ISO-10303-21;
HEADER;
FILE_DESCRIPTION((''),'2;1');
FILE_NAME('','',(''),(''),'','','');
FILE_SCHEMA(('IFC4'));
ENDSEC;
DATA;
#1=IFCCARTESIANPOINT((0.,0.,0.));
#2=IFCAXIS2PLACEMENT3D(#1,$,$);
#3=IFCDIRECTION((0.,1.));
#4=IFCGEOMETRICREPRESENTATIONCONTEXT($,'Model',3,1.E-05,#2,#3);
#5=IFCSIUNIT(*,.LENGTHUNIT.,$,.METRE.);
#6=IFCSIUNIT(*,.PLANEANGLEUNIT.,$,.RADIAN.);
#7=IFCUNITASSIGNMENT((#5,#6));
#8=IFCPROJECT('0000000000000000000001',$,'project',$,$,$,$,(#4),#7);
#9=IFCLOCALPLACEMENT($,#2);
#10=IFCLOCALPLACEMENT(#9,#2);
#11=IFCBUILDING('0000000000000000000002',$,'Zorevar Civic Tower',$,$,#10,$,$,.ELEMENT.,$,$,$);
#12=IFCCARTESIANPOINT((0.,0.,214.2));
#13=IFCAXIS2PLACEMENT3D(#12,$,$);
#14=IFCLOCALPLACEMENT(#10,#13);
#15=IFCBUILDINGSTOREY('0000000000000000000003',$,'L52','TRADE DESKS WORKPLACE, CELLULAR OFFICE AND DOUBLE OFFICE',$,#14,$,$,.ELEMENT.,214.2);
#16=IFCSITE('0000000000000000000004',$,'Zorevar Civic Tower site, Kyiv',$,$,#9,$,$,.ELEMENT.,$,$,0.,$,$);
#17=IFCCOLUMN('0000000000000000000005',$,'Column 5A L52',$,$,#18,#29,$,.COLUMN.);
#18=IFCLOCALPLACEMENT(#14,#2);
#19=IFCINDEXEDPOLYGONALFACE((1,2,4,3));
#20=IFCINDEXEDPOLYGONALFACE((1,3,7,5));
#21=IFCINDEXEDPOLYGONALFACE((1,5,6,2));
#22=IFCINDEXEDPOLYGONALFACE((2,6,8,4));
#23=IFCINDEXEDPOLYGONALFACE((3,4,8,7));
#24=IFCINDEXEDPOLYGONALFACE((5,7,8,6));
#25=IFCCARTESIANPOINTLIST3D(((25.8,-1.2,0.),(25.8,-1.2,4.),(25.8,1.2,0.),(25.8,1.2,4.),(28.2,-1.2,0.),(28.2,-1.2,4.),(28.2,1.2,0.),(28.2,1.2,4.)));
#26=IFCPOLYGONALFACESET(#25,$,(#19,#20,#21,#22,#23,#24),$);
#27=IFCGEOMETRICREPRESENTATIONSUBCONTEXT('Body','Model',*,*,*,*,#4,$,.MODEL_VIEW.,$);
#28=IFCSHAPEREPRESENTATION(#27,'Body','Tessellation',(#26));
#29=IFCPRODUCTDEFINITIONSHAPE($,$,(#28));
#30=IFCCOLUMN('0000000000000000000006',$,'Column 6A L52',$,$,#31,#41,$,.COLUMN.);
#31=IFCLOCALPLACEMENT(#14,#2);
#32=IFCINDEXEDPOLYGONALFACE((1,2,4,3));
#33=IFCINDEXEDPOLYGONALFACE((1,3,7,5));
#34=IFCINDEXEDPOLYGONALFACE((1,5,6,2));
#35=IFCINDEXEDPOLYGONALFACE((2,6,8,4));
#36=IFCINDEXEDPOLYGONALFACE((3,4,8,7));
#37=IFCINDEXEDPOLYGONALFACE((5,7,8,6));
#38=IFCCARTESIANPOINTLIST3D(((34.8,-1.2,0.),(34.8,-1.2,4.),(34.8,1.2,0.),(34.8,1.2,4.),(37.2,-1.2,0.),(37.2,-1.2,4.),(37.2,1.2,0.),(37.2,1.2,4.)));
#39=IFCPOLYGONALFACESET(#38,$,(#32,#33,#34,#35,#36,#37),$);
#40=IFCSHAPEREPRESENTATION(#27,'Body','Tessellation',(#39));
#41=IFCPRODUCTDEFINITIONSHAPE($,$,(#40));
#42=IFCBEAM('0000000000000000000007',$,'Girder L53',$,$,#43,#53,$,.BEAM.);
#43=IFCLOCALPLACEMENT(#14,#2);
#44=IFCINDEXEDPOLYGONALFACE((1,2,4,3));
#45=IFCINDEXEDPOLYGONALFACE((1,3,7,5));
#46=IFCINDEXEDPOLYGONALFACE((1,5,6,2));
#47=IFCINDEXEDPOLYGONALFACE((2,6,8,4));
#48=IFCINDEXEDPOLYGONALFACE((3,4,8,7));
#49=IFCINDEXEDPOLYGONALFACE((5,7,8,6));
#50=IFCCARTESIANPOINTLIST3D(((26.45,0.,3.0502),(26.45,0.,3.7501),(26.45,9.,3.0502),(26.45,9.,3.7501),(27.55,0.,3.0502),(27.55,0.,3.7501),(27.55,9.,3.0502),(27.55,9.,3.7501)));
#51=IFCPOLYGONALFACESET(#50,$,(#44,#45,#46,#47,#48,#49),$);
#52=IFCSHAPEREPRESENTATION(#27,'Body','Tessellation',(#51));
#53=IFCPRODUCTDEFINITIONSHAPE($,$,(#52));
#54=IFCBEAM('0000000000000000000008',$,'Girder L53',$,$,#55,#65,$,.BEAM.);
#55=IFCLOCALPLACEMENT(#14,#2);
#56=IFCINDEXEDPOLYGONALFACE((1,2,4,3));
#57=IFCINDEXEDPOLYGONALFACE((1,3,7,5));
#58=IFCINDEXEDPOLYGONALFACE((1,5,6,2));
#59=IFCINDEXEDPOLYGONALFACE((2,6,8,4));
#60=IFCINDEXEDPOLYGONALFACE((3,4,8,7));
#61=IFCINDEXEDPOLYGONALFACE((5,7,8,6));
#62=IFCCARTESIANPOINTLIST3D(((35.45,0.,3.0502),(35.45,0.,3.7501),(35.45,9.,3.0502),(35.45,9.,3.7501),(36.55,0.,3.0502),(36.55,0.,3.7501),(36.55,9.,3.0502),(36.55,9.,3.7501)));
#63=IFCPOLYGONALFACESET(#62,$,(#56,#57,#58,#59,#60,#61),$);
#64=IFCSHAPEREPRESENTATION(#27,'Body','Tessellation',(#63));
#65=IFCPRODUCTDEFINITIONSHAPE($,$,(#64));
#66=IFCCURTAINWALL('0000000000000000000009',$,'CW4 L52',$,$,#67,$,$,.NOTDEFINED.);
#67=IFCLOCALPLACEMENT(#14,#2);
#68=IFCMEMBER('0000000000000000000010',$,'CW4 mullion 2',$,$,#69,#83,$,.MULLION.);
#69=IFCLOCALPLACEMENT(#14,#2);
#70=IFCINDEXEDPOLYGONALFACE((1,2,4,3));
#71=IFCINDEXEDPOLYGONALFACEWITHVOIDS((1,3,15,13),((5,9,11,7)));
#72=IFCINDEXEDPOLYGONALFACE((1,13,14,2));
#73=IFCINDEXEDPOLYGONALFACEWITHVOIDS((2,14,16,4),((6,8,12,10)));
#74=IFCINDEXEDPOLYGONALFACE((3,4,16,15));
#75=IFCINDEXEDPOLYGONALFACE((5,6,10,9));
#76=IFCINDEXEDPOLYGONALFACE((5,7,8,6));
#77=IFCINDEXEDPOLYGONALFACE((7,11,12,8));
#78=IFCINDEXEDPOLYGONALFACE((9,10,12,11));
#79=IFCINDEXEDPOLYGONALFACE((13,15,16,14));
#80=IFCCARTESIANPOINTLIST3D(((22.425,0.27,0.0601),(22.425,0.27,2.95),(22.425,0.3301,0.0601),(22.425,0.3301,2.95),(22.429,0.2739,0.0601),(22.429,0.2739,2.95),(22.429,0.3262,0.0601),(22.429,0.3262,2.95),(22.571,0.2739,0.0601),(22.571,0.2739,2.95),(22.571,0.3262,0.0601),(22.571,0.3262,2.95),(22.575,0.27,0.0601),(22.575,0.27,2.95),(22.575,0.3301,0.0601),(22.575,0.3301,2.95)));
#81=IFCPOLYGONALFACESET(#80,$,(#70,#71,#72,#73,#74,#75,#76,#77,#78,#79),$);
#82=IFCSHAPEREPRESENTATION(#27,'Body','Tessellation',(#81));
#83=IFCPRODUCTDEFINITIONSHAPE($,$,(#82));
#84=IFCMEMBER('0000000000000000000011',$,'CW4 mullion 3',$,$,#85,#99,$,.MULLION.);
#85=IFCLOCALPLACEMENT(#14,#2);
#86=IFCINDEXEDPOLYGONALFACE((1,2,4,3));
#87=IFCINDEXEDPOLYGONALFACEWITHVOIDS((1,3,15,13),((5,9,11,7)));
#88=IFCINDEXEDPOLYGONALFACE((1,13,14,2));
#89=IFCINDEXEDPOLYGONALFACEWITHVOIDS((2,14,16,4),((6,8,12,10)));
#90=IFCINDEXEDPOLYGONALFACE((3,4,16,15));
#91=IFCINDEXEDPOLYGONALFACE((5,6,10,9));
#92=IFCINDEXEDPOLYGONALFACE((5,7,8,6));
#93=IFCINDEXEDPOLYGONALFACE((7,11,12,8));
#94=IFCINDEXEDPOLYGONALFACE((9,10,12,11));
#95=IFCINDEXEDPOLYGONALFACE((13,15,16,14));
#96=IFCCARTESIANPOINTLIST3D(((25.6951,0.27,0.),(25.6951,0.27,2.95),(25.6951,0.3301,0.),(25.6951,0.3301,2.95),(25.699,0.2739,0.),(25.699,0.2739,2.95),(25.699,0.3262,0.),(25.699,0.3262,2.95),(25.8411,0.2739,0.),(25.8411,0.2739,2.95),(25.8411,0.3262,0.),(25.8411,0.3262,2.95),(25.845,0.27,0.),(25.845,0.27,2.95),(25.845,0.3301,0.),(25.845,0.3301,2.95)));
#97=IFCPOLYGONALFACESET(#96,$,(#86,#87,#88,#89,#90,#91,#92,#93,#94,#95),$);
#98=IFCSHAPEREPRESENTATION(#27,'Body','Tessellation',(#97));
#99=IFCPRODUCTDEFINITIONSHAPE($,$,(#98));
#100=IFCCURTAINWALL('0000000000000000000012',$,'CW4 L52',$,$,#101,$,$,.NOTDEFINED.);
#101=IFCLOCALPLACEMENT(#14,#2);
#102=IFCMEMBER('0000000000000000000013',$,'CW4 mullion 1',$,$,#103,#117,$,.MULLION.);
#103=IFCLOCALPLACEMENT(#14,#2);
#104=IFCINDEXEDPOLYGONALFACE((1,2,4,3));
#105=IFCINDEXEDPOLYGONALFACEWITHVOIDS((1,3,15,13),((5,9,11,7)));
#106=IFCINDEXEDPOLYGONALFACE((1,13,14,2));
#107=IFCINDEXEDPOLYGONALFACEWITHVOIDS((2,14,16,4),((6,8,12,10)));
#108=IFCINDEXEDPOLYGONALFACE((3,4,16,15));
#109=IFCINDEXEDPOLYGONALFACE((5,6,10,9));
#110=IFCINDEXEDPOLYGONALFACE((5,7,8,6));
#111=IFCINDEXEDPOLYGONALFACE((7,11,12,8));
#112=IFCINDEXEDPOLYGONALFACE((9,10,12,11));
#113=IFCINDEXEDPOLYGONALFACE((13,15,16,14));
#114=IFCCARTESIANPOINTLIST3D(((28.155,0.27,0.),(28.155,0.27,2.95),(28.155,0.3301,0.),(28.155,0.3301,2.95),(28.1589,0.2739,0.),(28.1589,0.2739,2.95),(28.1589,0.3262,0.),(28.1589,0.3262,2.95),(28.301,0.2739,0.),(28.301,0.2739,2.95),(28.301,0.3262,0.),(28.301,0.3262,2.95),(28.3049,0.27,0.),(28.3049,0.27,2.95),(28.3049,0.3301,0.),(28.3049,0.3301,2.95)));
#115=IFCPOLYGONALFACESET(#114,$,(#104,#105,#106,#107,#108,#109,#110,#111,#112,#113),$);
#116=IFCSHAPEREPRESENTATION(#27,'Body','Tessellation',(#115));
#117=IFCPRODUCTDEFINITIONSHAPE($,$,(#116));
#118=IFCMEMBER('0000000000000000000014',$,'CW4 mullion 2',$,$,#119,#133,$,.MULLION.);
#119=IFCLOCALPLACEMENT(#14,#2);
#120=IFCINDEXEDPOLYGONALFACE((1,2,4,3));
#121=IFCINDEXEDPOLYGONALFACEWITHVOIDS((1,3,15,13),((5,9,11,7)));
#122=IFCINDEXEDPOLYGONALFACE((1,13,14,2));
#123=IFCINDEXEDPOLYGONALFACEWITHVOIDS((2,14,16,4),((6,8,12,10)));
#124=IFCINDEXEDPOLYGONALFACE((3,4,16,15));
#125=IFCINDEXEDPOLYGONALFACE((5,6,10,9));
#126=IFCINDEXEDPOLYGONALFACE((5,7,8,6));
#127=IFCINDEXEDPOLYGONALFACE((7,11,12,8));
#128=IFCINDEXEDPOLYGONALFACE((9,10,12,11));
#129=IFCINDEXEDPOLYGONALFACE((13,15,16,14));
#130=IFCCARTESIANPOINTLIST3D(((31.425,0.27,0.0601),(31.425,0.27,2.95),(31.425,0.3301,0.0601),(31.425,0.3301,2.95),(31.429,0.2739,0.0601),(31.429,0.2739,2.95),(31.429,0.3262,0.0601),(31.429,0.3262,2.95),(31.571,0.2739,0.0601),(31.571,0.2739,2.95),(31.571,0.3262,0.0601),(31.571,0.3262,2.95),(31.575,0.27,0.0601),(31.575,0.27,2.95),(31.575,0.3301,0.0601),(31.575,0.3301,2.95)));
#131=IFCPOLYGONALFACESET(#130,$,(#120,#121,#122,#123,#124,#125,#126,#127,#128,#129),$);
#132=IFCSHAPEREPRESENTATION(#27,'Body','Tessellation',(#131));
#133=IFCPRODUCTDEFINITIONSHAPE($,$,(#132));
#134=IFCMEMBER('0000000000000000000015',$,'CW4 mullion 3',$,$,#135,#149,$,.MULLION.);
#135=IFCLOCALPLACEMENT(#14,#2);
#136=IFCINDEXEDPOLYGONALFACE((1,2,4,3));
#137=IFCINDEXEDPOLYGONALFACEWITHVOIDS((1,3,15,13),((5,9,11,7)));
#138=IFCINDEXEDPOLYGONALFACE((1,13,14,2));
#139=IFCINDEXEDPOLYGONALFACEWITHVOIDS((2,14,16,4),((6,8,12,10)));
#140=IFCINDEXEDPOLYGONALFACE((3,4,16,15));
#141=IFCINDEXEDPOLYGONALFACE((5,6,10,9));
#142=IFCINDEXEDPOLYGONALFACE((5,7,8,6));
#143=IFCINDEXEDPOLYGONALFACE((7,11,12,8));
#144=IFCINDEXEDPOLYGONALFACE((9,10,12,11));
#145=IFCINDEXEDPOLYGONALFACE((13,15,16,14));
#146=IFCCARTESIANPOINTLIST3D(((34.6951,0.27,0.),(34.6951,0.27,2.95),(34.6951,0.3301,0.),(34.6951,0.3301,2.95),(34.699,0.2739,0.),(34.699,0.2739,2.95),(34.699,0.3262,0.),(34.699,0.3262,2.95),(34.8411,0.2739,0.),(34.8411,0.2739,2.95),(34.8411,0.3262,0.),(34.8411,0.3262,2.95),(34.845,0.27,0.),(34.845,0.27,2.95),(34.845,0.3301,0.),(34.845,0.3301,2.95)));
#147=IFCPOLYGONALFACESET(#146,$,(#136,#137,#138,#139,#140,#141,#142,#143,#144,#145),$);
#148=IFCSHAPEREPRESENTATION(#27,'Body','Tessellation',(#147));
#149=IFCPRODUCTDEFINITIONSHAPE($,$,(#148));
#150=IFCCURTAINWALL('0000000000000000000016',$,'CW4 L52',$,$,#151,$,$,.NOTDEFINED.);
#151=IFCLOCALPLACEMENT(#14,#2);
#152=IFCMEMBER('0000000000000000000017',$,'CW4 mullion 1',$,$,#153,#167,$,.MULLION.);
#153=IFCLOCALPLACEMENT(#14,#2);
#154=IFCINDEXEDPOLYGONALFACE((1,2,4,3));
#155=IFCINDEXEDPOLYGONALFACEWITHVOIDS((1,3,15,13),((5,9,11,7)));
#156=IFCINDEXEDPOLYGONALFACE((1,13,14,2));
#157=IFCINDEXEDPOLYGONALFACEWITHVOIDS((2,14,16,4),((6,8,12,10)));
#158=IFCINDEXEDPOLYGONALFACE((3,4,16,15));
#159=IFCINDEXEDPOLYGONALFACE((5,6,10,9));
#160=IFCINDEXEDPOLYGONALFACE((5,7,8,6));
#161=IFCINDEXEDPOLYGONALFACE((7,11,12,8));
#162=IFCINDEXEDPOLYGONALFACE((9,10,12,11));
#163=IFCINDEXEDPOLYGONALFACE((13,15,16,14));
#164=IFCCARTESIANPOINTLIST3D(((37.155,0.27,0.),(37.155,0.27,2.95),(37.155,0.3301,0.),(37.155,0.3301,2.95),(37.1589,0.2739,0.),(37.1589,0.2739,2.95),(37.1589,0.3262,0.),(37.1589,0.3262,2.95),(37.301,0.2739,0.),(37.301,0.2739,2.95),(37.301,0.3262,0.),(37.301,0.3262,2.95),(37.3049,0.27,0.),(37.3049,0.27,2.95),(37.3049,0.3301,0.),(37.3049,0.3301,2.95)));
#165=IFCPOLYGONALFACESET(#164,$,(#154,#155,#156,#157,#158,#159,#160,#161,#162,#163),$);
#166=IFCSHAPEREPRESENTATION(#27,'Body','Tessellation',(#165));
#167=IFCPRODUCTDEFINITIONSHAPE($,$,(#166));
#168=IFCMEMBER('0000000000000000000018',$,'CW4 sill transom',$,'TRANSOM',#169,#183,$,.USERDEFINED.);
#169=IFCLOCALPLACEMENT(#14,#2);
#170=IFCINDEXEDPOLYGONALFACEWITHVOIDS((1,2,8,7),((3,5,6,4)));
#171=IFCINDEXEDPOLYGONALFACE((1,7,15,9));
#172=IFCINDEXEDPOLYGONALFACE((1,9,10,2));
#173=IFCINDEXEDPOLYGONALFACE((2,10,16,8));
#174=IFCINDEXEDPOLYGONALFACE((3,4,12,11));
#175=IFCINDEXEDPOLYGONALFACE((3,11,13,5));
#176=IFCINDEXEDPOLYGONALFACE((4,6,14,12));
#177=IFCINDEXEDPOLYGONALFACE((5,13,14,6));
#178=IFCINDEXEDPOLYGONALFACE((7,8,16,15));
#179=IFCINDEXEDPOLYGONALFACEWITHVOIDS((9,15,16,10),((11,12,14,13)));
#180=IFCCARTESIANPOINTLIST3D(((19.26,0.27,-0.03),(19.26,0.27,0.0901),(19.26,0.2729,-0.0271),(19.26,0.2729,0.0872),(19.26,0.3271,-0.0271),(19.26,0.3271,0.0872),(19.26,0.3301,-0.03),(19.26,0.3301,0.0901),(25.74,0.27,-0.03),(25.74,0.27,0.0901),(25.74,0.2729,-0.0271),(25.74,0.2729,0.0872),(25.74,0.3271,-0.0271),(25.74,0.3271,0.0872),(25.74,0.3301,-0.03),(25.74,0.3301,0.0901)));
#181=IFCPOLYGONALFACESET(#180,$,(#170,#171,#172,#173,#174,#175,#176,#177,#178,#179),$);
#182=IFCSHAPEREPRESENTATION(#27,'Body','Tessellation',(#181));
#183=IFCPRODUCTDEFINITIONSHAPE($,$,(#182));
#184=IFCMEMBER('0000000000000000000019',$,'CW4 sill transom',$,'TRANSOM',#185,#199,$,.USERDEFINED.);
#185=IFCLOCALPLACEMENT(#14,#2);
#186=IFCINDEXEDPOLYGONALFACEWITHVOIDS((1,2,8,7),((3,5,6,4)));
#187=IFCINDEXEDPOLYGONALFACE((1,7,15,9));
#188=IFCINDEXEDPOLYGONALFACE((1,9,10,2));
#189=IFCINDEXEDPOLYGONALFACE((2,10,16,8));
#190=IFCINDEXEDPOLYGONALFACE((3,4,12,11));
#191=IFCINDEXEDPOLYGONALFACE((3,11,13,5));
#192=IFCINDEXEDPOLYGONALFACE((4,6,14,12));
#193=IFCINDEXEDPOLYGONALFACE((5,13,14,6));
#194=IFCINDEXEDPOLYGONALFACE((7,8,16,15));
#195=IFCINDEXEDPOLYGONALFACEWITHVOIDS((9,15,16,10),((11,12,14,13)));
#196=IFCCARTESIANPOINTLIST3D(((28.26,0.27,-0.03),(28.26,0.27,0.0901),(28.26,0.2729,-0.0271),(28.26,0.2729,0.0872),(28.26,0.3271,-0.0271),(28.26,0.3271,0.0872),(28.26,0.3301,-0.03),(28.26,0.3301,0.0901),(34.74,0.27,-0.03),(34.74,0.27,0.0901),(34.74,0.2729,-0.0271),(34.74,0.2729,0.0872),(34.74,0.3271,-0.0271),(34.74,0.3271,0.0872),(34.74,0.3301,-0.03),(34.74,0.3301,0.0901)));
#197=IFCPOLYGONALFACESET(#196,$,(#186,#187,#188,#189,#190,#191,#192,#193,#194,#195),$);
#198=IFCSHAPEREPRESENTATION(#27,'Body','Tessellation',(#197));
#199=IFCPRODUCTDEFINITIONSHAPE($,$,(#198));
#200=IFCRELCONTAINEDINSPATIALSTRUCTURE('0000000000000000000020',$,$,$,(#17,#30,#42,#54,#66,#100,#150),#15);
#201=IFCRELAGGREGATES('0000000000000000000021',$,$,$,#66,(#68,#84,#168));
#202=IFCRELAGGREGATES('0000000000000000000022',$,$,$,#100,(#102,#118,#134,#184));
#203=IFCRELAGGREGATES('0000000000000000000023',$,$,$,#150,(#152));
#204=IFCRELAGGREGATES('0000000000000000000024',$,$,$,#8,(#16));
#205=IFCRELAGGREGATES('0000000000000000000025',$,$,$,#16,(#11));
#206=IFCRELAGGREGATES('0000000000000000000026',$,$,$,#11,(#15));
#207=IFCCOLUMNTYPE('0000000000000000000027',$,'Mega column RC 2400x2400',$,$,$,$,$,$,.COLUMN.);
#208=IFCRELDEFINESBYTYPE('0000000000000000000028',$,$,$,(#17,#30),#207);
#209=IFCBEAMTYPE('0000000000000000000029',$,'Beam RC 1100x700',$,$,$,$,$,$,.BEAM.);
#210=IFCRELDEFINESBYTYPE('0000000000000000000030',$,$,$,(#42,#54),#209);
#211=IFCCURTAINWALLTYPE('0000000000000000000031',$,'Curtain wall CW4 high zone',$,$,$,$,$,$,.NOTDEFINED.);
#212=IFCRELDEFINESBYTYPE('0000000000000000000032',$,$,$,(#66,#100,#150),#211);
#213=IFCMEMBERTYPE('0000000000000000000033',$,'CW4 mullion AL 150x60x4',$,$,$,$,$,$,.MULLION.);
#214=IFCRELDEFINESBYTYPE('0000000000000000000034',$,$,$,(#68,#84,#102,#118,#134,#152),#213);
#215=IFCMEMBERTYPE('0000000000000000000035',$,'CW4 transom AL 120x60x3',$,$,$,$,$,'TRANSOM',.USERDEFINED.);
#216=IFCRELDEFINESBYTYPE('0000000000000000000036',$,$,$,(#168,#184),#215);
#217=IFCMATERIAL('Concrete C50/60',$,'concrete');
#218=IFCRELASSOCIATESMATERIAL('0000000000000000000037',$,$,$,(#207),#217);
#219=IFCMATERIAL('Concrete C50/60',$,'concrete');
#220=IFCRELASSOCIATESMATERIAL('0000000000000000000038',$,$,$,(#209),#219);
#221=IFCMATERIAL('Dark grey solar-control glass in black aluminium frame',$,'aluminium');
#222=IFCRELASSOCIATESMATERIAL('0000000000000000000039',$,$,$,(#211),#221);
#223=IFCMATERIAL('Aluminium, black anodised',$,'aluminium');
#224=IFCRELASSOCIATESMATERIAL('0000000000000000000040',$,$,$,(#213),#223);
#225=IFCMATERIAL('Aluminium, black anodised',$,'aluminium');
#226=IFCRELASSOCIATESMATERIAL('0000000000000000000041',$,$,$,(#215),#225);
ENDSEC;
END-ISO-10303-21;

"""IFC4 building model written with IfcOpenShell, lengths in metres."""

from ifc_helpers import new_model, si_unit, direction, frame, origin, origin_2d, place, context, subcontext, project, spatial, rectangle, hollow_rectangle, extrude, material, material_profile, profile_set, type_object, element, aggregate, save


model = new_model("IFC4")

# Units and contexts
model_context = context("Model", 3, precision=1e-05, world=origin(), true_north=direction((0.0, 1.0)))
body_context = subcontext(model_context, "Body", "Model", "MODEL_VIEW")
ifc_project = project(units=[si_unit("LENGTHUNIT", "METRE"), si_unit("PLANEANGLEUNIT", "RADIAN")], contexts=[model_context])

# Site, building, storey
site_placement = place(None, origin())
site = spatial("IfcSite", under=ifc_project, at=site_placement, Name="Zorevar Civic Tower site, Kyiv", CompositionType="ELEMENT", RefElevation=0.0)
building_placement = place(site_placement, origin())
building = spatial("IfcBuilding", under=site, at=building_placement, Name="Zorevar Civic Tower", CompositionType="ELEMENT")
storey_placement = place(building_placement, frame((0.0, 0.0, 214.2)))
storey = spatial("IfcBuildingStorey", under=building, at=storey_placement, Name="L52", Description="TRADE DESKS WORKPLACE, CELLULAR OFFICE AND DOUBLE OFFICE", CompositionType="ELEMENT", Elevation=214.2)

# Columns
ifc_material_1 = material(Name="Concrete C50/60", Category="concrete")
ifc_material_profile_1 = material_profile(ifc_material_1, rectangle(XDim=2.3999, YDim=2.3999, at=origin_2d()), Name="RC 2400x2400")
ifc_profile_set_1 = profile_set([ifc_material_profile_1], Name="Concrete C50/60")
column_type = type_object("IfcColumnType", Name="Mega column RC 2400x2400", PredefinedType="COLUMN", material=ifc_profile_set_1)
for number, where, z_axis, x_axis, name in (
    (1, (27.0, 0.0, 0.0), (0.0, 0.0, 1.0), (1.0, 0.0, 0.0), "Column 5A L52"),
    (2, (36.0, 0.0, 0.0), (0.0, 0.0, 1.0), (1.0, 0.0, 0.0), "Column 6A L52"),
):
    element("IfcColumn", number, at=place(storey_placement, frame(where, z_axis=z_axis, x_axis=x_axis)), inside=storey, type_object=column_type, Name=name, PredefinedType="COLUMN", context=body_context, shape_type="SweptSolid", body=[
        extrude(rectangle(XDim=2.3999, YDim=2.3999, at=origin_2d()), origin(), (0.0, 0.0, 1.0), 4.0),
    ])

# Beams
ifc_material_2 = material(Name="Concrete C50/60", Category="concrete")
ifc_material_profile_2 = material_profile(ifc_material_2, rectangle(XDim=1.1001, YDim=0.7, at=origin_2d()), Name="RC 1100x700")
ifc_profile_set_2 = profile_set([ifc_material_profile_2], Name="Concrete C50/60")
beam_type_1 = type_object("IfcBeamType", Name="Beam RC 1100x700", PredefinedType="BEAM", material=ifc_profile_set_2)
for number, where, z_axis, x_axis, name in (
    (3, (27.0, 0.0, 3.4001), (0.0, 1.0, 0.0), (-1.0, 0.0, 0.0), "Girder L53"),
    (4, (36.0, 0.0, 3.4001), (0.0, 1.0, 0.0), (-1.0, 0.0, 0.0), "Girder L53"),
):
    element("IfcBeam", number, at=place(storey_placement, frame(where, z_axis=z_axis, x_axis=x_axis)), inside=storey, type_object=beam_type_1, Name=name, PredefinedType="BEAM", context=body_context, shape_type="SweptSolid", body=[
        extrude(rectangle(XDim=1.1001, YDim=0.7, at=origin_2d()), origin(), (0.0, 0.0, 1.0), 9.0),
    ])

# Curtain walls, members
ifc_material_3 = material(Name="Dark grey solar-control glass in black aluminium frame", Category="aluminium")
curtain_wall_type = type_object("IfcCurtainWallType", Name="Curtain wall CW4 high zone", PredefinedType="NOTDEFINED", material=ifc_material_3)
curtain_wall_1_placement = place(storey_placement, origin())
curtain_wall_1 = element("IfcCurtainWall", 5, at=curtain_wall_1_placement, inside=storey, type_object=curtain_wall_type, Name="CW4 L52", PredefinedType="NOTDEFINED")
ifc_material_4 = material(Name="Aluminium, black anodised", Category="aluminium")
ifc_material_profile_3 = material_profile(ifc_material_4, hollow_rectangle(XDim=0.0601, YDim=0.1499, WallThickness=0.0039, at=origin_2d()), Name="AL 150x60x4")
ifc_profile_set_3 = profile_set([ifc_material_profile_3], Name="Aluminium, black anodised")
member_type_1 = type_object("IfcMemberType", Name="CW4 mullion AL 150x60x4", PredefinedType="MULLION", material=ifc_profile_set_3)
member_1_placement = place(storey_placement, frame((22.5, 0.3, 0.0601), z_axis=(0.0, 0.0, 1.0), x_axis=(0.0, 1.0, 0.0)))
member_1 = element("IfcMember", 6, at=member_1_placement, type_object=member_type_1, Name="CW4 mullion 2", PredefinedType="MULLION", context=body_context, shape_type="SweptSolid", body=[
    extrude(hollow_rectangle(XDim=0.0601, YDim=0.1499, WallThickness=0.0039, at=origin_2d()), origin(), (0.0, 0.0, 1.0), 2.8899),
])
member_2_placement = place(storey_placement, frame((25.77, 0.3, 0.0), z_axis=(0.0, 0.0, 1.0), x_axis=(0.0, 1.0, 0.0)))
member_2 = element("IfcMember", 7, at=member_2_placement, type_object=member_type_1, Name="CW4 mullion 3", PredefinedType="MULLION", context=body_context, shape_type="SweptSolid", body=[
    extrude(hollow_rectangle(XDim=0.0601, YDim=0.1499, WallThickness=0.0039, at=origin_2d()), origin(), (0.0, 0.0, 1.0), 2.95),
])
curtain_wall_2_placement = place(storey_placement, origin())
curtain_wall_2 = element("IfcCurtainWall", 8, at=curtain_wall_2_placement, inside=storey, type_object=curtain_wall_type, Name="CW4 L52", PredefinedType="NOTDEFINED")
member_3_placement = place(storey_placement, frame((28.23, 0.3, 0.0), z_axis=(0.0, 0.0, 1.0), x_axis=(0.0, 1.0, 0.0)))
member_3 = element("IfcMember", 9, at=member_3_placement, type_object=member_type_1, Name="CW4 mullion 1", PredefinedType="MULLION", context=body_context, shape_type="SweptSolid", body=[
    extrude(hollow_rectangle(XDim=0.0601, YDim=0.1499, WallThickness=0.0039, at=origin_2d()), origin(), (0.0, 0.0, 1.0), 2.95),
])
member_4_placement = place(storey_placement, frame((31.5, 0.3, 0.0601), z_axis=(0.0, 0.0, 1.0), x_axis=(0.0, 1.0, 0.0)))
member_4 = element("IfcMember", 10, at=member_4_placement, type_object=member_type_1, Name="CW4 mullion 2", PredefinedType="MULLION", context=body_context, shape_type="SweptSolid", body=[
    extrude(hollow_rectangle(XDim=0.0601, YDim=0.1499, WallThickness=0.0039, at=origin_2d()), origin(), (0.0, 0.0, 1.0), 2.8899),
])
member_5_placement = place(storey_placement, frame((34.77, 0.3, 0.0), z_axis=(0.0, 0.0, 1.0), x_axis=(0.0, 1.0, 0.0)))
member_5 = element("IfcMember", 11, at=member_5_placement, type_object=member_type_1, Name="CW4 mullion 3", PredefinedType="MULLION", context=body_context, shape_type="SweptSolid", body=[
    extrude(hollow_rectangle(XDim=0.0601, YDim=0.1499, WallThickness=0.0039, at=origin_2d()), origin(), (0.0, 0.0, 1.0), 2.95),
])

# Curtain wall, member
curtain_wall_3_placement = place(storey_placement, origin())
curtain_wall_3 = element("IfcCurtainWall", 12, at=curtain_wall_3_placement, inside=storey, type_object=curtain_wall_type, Name="CW4 L52", PredefinedType="NOTDEFINED")
member_6_placement = place(storey_placement, frame((37.23, 0.3, 0.0), z_axis=(0.0, 0.0, 1.0), x_axis=(0.0, 1.0, 0.0)))
member_6 = element("IfcMember", 13, at=member_6_placement, type_object=member_type_1, Name="CW4 mullion 1", PredefinedType="MULLION", context=body_context, shape_type="SweptSolid", body=[
    extrude(hollow_rectangle(XDim=0.0601, YDim=0.1499, WallThickness=0.0039, at=origin_2d()), origin(), (0.0, 0.0, 1.0), 2.95),
])

# Members
ifc_material_5 = material(Name="Aluminium, black anodised", Category="aluminium")
ifc_material_profile_4 = material_profile(ifc_material_5, hollow_rectangle(XDim=0.0601, YDim=0.1201, WallThickness=0.0029, at=origin_2d()), Name="AL 120x60x3")
ifc_profile_set_4 = profile_set([ifc_material_profile_4], Name="Aluminium, black anodised")
member_type_2 = type_object("IfcMemberType", Name="CW4 transom AL 120x60x3", ElementType="TRANSOM", PredefinedType="USERDEFINED", material=ifc_profile_set_4)
member_7_placement = place(storey_placement, frame((19.26, 0.3, 0.03), z_axis=(1.0, 0.0, 0.0), x_axis=(0.0, 1.0, 0.0)))
member_7 = element("IfcMember", 14, at=member_7_placement, type_object=member_type_2, Name="CW4 sill transom", ObjectType="TRANSOM", PredefinedType="USERDEFINED", context=body_context, shape_type="SweptSolid", body=[
    extrude(hollow_rectangle(XDim=0.0601, YDim=0.1201, WallThickness=0.0029, at=origin_2d()), origin(), (0.0, 0.0, 1.0), 6.48),
])
member_8_placement = place(storey_placement, frame((28.26, 0.3, 0.03), z_axis=(1.0, 0.0, 0.0), x_axis=(0.0, 1.0, 0.0)))
member_8 = element("IfcMember", 15, at=member_8_placement, type_object=member_type_2, Name="CW4 sill transom", ObjectType="TRANSOM", PredefinedType="USERDEFINED", context=body_context, shape_type="SweptSolid", body=[
    extrude(hollow_rectangle(XDim=0.0601, YDim=0.1201, WallThickness=0.0029, at=origin_2d()), origin(), (0.0, 0.0, 1.0), 6.48),
])

aggregate(curtain_wall_1, [member_1, member_2, member_7])
aggregate(curtain_wall_2, [member_3, member_4, member_5, member_8])
aggregate(curtain_wall_3, [member_6])

save(model, "model.ifc")
